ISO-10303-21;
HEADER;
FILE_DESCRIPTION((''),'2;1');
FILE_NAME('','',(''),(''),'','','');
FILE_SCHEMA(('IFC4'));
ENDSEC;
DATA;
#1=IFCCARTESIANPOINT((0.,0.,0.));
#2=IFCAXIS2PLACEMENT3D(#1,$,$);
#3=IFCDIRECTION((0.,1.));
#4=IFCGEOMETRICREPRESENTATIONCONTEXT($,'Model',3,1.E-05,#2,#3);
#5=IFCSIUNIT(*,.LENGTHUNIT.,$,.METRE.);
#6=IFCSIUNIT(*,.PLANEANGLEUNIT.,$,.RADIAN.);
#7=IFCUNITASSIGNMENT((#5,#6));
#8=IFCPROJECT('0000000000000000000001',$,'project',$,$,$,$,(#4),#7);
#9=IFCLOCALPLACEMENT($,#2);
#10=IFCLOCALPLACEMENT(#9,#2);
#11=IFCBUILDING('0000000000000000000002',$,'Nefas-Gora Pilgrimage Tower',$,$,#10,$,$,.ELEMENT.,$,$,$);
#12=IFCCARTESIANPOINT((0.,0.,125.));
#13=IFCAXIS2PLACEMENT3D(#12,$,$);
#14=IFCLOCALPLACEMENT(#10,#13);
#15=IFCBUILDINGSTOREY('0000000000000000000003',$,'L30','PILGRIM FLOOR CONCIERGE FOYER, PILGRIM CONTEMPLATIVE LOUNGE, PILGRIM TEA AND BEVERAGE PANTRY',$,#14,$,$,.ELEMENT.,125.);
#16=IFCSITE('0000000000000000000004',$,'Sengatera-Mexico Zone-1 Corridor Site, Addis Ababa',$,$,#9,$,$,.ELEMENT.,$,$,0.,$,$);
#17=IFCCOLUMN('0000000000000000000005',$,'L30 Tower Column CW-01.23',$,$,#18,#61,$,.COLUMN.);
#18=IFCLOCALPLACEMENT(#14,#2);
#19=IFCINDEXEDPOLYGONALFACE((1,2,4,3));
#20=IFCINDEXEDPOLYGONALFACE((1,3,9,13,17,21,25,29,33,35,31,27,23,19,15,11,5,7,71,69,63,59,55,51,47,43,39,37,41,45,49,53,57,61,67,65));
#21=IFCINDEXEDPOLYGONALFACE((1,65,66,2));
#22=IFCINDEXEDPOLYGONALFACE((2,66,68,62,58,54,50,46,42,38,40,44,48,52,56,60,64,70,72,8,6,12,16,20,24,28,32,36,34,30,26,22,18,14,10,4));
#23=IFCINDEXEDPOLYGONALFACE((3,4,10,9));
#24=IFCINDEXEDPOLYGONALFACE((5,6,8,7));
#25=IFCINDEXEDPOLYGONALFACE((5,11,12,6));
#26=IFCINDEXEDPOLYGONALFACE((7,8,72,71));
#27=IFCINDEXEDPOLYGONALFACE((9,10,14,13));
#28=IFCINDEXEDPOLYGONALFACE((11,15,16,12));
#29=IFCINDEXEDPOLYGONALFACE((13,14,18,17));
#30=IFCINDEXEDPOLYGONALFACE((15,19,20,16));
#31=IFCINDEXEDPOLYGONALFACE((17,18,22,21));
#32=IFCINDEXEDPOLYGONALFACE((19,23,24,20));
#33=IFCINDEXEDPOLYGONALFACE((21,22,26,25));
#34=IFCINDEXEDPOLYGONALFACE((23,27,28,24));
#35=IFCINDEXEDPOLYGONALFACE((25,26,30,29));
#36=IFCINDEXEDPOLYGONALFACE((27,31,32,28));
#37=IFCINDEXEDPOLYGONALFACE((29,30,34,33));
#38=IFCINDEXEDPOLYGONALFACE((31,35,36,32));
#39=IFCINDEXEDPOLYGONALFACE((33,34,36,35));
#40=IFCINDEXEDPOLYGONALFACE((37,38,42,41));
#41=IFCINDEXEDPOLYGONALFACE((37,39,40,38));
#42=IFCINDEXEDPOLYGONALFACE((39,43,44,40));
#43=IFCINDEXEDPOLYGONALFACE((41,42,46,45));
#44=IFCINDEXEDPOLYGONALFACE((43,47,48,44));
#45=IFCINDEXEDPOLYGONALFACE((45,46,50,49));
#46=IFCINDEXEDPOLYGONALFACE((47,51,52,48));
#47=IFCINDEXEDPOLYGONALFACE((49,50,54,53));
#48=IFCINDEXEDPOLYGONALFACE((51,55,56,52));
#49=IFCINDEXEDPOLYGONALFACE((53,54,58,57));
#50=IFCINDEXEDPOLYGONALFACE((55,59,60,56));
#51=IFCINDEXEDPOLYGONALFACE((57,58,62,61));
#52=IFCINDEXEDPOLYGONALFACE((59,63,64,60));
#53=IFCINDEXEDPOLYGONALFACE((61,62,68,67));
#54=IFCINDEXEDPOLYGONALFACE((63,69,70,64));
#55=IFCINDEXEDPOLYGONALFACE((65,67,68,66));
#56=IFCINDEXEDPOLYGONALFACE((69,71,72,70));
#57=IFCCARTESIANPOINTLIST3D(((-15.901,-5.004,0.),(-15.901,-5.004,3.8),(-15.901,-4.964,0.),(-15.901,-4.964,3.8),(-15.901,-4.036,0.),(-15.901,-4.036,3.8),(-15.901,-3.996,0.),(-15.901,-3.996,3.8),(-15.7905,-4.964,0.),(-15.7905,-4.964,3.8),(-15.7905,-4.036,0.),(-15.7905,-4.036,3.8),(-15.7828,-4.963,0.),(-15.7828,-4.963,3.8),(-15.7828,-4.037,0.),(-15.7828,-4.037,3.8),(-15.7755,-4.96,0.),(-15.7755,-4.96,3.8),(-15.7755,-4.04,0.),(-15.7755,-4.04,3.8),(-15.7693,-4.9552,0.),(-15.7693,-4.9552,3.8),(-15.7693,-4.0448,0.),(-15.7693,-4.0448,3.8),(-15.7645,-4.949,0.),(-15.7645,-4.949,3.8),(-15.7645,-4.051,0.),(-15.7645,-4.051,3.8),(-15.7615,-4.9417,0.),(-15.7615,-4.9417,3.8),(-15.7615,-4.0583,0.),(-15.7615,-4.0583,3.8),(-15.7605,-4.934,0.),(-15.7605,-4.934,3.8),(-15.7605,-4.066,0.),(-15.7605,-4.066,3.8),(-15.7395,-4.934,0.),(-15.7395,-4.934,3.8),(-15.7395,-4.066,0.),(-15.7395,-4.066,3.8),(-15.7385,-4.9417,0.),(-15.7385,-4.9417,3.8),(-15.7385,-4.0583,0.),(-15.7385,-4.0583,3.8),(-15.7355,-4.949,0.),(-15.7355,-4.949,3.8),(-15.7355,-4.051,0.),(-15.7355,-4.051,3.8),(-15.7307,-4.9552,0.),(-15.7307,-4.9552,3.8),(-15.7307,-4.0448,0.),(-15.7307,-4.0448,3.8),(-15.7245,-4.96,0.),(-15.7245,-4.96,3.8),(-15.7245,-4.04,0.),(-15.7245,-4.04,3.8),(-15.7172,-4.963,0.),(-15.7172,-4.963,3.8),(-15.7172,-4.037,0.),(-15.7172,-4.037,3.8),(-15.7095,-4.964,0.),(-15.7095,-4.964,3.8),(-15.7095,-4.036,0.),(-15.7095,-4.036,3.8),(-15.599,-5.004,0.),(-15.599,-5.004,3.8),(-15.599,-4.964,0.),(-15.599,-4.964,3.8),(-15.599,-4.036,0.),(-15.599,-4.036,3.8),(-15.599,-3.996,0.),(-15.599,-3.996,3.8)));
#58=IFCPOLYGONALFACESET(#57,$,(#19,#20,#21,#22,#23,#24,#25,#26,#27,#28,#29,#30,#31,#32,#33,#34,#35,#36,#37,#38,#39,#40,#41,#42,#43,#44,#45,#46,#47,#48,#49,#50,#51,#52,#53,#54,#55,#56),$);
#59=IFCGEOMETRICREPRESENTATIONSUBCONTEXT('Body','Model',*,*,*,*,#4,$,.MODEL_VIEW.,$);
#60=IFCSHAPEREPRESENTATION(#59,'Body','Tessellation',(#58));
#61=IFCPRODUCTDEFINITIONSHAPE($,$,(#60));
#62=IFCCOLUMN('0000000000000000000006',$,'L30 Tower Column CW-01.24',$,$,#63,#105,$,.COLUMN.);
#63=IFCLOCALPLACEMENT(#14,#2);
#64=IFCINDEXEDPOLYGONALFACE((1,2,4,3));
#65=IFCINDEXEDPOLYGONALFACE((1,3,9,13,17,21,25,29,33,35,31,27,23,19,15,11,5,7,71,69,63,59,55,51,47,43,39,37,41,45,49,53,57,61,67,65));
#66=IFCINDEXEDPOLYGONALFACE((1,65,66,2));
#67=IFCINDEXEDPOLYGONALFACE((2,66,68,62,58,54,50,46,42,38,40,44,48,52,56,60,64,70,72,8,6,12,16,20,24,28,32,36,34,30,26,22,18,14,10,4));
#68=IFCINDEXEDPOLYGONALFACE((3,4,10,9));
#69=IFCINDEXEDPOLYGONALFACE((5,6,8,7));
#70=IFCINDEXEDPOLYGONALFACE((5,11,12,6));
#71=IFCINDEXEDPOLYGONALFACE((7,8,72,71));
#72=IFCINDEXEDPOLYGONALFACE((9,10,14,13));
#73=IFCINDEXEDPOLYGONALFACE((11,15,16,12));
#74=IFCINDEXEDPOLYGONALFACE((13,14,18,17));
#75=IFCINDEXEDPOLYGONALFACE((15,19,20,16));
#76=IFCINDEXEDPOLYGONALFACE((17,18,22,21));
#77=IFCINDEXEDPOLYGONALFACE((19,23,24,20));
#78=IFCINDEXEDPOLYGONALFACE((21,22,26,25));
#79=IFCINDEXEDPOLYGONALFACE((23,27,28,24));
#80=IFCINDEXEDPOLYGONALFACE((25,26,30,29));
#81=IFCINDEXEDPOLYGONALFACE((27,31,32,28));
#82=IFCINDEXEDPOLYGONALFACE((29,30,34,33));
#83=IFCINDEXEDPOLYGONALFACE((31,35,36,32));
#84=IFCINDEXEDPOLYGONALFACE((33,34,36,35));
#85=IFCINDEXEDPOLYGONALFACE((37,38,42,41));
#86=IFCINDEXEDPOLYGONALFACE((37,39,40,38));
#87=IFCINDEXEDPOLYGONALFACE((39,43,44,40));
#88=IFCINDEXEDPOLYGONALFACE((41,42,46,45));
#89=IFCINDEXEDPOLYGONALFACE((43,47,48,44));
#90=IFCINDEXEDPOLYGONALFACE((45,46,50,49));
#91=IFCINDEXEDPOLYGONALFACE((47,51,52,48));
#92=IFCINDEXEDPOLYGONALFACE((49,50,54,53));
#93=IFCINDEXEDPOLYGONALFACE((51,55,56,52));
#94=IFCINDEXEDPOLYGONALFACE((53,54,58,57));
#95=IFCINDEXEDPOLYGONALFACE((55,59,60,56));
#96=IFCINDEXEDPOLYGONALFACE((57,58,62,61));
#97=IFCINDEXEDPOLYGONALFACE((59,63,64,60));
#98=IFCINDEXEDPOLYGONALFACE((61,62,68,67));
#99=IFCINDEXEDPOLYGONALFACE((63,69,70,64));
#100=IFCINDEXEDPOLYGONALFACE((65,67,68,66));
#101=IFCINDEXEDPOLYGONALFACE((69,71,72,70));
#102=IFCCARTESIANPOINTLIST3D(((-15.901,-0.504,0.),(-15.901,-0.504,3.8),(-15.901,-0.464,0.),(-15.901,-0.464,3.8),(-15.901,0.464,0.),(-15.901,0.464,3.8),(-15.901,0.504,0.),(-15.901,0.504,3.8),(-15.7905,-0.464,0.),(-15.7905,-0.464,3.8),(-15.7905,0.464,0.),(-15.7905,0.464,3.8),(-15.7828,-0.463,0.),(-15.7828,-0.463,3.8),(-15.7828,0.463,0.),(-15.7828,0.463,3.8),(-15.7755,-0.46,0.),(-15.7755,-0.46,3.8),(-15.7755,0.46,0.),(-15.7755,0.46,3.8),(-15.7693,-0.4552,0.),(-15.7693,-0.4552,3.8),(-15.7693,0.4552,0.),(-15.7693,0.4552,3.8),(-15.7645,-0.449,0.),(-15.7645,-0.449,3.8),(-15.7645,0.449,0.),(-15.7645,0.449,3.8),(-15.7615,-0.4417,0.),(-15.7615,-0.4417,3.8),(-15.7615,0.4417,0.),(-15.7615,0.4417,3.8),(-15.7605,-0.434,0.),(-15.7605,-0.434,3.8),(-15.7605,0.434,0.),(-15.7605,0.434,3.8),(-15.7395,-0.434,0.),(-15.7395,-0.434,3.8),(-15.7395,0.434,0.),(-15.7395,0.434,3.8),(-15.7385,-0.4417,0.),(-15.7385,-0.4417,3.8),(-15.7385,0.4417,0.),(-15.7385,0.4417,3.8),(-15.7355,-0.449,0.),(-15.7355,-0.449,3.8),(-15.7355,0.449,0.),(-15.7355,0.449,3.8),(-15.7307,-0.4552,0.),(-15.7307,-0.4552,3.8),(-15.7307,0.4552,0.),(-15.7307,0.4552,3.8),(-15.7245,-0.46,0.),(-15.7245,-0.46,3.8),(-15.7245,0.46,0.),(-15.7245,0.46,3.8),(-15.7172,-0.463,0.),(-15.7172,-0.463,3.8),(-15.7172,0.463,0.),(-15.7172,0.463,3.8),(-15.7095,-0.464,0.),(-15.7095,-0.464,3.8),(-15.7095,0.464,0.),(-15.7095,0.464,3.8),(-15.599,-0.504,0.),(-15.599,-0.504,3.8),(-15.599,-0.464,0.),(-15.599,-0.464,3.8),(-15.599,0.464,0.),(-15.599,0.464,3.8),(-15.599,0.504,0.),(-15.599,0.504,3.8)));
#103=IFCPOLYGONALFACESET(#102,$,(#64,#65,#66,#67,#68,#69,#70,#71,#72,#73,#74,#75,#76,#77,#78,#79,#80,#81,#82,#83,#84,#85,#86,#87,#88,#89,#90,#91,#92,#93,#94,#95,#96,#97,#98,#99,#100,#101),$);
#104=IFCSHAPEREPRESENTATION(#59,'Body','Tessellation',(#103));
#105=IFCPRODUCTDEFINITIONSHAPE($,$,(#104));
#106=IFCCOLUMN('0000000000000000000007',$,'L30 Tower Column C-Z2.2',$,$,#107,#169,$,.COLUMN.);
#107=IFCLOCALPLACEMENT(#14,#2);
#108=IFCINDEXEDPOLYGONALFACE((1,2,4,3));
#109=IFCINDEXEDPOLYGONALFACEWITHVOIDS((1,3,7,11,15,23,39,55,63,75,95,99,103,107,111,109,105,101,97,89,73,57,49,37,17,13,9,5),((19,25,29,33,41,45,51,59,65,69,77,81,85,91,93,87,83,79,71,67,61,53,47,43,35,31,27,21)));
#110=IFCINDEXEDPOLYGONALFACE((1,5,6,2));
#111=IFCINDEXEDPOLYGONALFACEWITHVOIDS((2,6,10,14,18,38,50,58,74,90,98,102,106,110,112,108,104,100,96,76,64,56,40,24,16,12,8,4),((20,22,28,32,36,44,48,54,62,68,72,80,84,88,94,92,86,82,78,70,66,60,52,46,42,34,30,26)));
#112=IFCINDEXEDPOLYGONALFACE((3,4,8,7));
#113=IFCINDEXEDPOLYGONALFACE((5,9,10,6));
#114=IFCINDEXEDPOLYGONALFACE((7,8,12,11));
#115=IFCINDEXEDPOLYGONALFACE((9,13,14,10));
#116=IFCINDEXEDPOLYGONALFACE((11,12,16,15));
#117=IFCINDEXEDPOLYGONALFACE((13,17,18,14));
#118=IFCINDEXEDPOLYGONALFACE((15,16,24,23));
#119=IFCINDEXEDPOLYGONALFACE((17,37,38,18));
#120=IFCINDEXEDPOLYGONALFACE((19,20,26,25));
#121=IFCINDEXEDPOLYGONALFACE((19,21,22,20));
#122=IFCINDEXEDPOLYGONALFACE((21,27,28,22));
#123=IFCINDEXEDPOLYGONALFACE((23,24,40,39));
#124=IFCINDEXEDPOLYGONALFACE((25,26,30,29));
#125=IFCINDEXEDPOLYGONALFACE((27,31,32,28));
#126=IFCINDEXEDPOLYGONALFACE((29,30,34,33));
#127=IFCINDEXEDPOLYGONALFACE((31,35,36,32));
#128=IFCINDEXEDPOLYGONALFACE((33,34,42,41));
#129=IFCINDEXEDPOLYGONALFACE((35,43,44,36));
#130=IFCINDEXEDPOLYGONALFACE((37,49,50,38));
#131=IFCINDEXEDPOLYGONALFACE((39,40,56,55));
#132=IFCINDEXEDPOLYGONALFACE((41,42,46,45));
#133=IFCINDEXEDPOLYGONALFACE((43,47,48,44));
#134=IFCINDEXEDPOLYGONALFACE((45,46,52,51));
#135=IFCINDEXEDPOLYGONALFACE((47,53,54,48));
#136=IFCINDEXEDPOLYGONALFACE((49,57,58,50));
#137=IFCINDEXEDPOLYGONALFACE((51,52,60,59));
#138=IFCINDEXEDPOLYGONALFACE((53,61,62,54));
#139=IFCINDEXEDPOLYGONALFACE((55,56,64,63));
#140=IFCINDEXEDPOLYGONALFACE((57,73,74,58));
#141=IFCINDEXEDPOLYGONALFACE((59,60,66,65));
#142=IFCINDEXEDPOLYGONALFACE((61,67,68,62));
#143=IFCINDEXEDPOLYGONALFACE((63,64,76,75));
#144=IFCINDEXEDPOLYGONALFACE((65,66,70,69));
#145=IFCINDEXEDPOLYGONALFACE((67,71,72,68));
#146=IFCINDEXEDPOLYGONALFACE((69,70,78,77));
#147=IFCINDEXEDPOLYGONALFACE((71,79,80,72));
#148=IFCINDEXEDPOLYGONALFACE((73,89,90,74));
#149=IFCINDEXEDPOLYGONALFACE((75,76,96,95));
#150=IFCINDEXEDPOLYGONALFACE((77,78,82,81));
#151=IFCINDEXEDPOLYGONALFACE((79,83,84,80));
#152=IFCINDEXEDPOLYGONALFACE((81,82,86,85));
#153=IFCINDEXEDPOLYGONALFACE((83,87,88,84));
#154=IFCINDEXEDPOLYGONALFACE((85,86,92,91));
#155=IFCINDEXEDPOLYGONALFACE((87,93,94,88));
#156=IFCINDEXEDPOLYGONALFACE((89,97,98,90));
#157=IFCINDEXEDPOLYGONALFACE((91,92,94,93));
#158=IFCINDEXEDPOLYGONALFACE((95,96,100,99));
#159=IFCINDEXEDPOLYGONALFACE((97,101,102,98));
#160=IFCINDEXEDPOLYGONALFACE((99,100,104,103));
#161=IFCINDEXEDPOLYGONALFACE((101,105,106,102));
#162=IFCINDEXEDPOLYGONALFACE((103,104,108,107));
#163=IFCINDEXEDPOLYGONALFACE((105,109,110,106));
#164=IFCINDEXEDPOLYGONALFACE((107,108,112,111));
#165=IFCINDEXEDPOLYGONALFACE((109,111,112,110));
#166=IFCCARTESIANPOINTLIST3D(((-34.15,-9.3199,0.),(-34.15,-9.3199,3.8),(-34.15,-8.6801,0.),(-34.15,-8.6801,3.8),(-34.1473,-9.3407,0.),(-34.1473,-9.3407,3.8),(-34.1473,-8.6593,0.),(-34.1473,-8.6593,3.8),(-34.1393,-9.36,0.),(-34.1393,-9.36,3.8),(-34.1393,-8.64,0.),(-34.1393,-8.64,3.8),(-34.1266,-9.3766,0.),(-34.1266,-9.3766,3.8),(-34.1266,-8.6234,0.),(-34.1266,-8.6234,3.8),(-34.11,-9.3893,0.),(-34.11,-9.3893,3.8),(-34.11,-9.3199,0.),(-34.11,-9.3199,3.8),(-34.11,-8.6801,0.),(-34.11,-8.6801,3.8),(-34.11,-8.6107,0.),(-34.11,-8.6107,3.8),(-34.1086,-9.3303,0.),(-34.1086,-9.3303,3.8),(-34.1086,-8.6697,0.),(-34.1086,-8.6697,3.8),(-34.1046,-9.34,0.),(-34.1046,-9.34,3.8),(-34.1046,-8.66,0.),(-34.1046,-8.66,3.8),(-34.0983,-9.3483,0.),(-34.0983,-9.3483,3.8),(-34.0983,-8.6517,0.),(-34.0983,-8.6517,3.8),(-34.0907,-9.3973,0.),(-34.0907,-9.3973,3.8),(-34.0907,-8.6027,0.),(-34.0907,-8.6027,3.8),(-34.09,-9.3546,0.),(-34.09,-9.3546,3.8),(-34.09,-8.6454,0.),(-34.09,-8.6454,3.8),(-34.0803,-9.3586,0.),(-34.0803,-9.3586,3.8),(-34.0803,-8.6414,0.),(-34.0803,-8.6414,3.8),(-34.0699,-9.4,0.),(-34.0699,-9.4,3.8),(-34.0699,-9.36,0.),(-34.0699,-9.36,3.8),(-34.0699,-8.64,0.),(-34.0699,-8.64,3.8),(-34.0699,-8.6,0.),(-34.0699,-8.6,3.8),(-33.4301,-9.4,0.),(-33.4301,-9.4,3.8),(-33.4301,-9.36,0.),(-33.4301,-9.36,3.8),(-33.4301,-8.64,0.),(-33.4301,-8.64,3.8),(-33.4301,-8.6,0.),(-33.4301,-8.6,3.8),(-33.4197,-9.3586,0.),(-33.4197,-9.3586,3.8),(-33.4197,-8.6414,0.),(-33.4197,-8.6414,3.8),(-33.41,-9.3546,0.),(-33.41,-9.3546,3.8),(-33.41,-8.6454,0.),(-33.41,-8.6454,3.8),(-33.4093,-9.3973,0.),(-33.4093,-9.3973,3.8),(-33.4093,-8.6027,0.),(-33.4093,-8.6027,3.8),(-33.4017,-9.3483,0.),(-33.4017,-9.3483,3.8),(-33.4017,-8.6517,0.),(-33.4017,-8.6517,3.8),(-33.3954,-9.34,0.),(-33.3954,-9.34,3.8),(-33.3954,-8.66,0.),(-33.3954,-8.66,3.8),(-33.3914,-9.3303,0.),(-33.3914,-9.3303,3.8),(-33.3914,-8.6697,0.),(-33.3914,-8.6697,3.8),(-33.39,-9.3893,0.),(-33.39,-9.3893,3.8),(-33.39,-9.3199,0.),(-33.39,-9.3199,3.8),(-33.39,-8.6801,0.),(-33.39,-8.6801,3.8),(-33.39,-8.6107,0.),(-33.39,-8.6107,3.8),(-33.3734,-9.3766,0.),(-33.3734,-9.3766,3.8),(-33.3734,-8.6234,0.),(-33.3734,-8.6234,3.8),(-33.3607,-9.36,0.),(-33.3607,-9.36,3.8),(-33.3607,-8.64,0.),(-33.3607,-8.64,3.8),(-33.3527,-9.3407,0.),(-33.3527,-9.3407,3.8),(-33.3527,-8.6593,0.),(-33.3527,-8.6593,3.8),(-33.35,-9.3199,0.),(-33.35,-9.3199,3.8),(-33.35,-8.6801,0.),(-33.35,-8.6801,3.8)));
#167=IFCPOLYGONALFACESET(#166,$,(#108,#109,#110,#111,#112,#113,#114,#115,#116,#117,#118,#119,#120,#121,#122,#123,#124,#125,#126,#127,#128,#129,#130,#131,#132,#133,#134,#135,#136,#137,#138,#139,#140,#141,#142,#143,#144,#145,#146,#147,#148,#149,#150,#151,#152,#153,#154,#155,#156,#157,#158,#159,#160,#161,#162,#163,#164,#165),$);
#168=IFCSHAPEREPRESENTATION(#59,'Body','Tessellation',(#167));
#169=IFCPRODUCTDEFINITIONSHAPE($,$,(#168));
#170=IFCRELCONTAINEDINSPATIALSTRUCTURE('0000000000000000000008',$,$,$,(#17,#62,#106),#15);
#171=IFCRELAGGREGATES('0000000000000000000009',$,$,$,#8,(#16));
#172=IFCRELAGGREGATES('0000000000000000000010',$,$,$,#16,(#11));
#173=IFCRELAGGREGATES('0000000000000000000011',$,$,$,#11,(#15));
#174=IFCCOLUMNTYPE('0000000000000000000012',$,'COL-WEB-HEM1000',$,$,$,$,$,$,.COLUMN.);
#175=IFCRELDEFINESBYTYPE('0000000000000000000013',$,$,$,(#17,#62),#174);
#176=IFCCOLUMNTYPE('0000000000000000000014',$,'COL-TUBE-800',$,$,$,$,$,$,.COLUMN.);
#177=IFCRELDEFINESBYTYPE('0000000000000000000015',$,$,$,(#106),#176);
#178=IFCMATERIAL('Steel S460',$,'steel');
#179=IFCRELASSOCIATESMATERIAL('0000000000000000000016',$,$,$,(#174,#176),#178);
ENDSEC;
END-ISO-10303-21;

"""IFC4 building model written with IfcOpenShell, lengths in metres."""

from ifc_helpers import new_model, si_unit, direction, frame, origin, origin_2d, place, context, subcontext, project, spatial, hollow_rectangle, i_section, extrude, source, transform, mapped, material, material_profile, profile_set, type_object, element, save


model = new_model("IFC4")

# Units and contexts
model_context = context("Model", 3, precision=1e-05, world=origin(), true_north=direction((0.0, 1.0)))
body_context = subcontext(model_context, "Body", "Model", "MODEL_VIEW")
ifc_project = project(units=[si_unit("LENGTHUNIT", "METRE"), si_unit("PLANEANGLEUNIT", "RADIAN")], contexts=[model_context])

# Site, building, storey
site_placement = place(None, origin())
site = spatial("IfcSite", under=ifc_project, at=site_placement, Name="Sengatera-Mexico Zone-1 Corridor Site, Addis Ababa", CompositionType="ELEMENT", RefElevation=0.0)
building_placement = place(site_placement, origin())
building = spatial("IfcBuilding", under=site, at=building_placement, Name="Nefas-Gora Pilgrimage Tower", CompositionType="ELEMENT")
storey_placement = place(building_placement, frame((0.0, 0.0, 125.0)))
storey = spatial("IfcBuildingStorey", under=building, at=storey_placement, Name="L30", Description="PILGRIM FLOOR CONCIERGE FOYER, PILGRIM CONTEMPLATIVE LOUNGE, PILGRIM TEA AND BEVERAGE PANTRY", CompositionType="ELEMENT", Elevation=125.0)

# Columns
ifc_material_1 = material(Name="Steel S460", Category="steel")
ifc_material_profile_1 = material_profile(ifc_material_1, i_section(OverallWidth=0.302, OverallDepth=1.0081, WebThickness=0.021, FlangeThickness=0.04, FilletRadius=0.03, at=origin_2d()), Name="HEM 1000")
ifc_profile_set_1 = profile_set([ifc_material_profile_1], Name="Steel S460")
column_type_1 = type_object("IfcColumnType", Name="COL-WEB-HEM1000", PredefinedType="COLUMN", material=ifc_profile_set_1)
shared_shape_1 = source(origin(), body_context, "Body", "SweptSolid", [
    extrude(i_section(OverallWidth=0.302, OverallDepth=1.0081, WebThickness=0.021, FlangeThickness=0.04, FilletRadius=0.03, at=origin_2d()), origin(), (0.0, 0.0, 1.0), 3.8),
])
for number, where, z_axis, x_axis, name in (
    (1, (-15.75, -4.5, 0.0), (0.0, 0.0, 1.0), (1.0, 0.0, 0.0), "L30 Tower Column CW-01.23"),
    (2, (-15.75, 0.0, 0.0), (0.0, 0.0, 1.0), (1.0, 0.0, 0.0), "L30 Tower Column CW-01.24"),
):
    element("IfcColumn", number, at=place(storey_placement, frame(where, z_axis=z_axis, x_axis=x_axis)), inside=storey, type_object=column_type_1, Name=name, PredefinedType="COLUMN", context=body_context, shape_type="MappedRepresentation", body=[
        mapped(shared_shape_1, transform((0.0, 0.0, 0.0), x_axis=(1.0, 0.0, 0.0), y_axis=(0.0, 1.0, 0.0), z_axis=(0.0, 0.0, 1.0), scale=1.0)),
    ])
ifc_material_profile_2 = material_profile(ifc_material_1, hollow_rectangle(XDim=0.8, YDim=0.8, WallThickness=0.04, InnerFilletRadius=0.04, OuterFilletRadius=0.0801, at=origin_2d()), Name="BOX 800x800x40")
ifc_profile_set_2 = profile_set([ifc_material_profile_2], Name="Steel S460")
column_type_2 = type_object("IfcColumnType", Name="COL-TUBE-800", PredefinedType="COLUMN", material=ifc_profile_set_2)
shared_shape_2 = source(origin(), body_context, "Body", "SweptSolid", [
    extrude(hollow_rectangle(XDim=0.8, YDim=0.8, WallThickness=0.04, InnerFilletRadius=0.04, OuterFilletRadius=0.0801, at=origin_2d()), origin(), (0.0, 0.0, 1.0), 3.8),
])
for number, where, z_axis, x_axis, name in (
    (3, (-33.75, -9.0, 0.0), (0.0, 0.0, 1.0), (1.0, 0.0, 0.0), "L30 Tower Column C-Z2.2"),
):
    element("IfcColumn", number, at=place(storey_placement, frame(where, z_axis=z_axis, x_axis=x_axis)), inside=storey, type_object=column_type_2, Name=name, PredefinedType="COLUMN", context=body_context, shape_type="MappedRepresentation", body=[
        mapped(shared_shape_2, transform((0.0, 0.0, 0.0), x_axis=(1.0, 0.0, 0.0), y_axis=(0.0, 1.0, 0.0), z_axis=(0.0, 0.0, 1.0), scale=1.0)),
    ])

save(model, "model.ifc")
